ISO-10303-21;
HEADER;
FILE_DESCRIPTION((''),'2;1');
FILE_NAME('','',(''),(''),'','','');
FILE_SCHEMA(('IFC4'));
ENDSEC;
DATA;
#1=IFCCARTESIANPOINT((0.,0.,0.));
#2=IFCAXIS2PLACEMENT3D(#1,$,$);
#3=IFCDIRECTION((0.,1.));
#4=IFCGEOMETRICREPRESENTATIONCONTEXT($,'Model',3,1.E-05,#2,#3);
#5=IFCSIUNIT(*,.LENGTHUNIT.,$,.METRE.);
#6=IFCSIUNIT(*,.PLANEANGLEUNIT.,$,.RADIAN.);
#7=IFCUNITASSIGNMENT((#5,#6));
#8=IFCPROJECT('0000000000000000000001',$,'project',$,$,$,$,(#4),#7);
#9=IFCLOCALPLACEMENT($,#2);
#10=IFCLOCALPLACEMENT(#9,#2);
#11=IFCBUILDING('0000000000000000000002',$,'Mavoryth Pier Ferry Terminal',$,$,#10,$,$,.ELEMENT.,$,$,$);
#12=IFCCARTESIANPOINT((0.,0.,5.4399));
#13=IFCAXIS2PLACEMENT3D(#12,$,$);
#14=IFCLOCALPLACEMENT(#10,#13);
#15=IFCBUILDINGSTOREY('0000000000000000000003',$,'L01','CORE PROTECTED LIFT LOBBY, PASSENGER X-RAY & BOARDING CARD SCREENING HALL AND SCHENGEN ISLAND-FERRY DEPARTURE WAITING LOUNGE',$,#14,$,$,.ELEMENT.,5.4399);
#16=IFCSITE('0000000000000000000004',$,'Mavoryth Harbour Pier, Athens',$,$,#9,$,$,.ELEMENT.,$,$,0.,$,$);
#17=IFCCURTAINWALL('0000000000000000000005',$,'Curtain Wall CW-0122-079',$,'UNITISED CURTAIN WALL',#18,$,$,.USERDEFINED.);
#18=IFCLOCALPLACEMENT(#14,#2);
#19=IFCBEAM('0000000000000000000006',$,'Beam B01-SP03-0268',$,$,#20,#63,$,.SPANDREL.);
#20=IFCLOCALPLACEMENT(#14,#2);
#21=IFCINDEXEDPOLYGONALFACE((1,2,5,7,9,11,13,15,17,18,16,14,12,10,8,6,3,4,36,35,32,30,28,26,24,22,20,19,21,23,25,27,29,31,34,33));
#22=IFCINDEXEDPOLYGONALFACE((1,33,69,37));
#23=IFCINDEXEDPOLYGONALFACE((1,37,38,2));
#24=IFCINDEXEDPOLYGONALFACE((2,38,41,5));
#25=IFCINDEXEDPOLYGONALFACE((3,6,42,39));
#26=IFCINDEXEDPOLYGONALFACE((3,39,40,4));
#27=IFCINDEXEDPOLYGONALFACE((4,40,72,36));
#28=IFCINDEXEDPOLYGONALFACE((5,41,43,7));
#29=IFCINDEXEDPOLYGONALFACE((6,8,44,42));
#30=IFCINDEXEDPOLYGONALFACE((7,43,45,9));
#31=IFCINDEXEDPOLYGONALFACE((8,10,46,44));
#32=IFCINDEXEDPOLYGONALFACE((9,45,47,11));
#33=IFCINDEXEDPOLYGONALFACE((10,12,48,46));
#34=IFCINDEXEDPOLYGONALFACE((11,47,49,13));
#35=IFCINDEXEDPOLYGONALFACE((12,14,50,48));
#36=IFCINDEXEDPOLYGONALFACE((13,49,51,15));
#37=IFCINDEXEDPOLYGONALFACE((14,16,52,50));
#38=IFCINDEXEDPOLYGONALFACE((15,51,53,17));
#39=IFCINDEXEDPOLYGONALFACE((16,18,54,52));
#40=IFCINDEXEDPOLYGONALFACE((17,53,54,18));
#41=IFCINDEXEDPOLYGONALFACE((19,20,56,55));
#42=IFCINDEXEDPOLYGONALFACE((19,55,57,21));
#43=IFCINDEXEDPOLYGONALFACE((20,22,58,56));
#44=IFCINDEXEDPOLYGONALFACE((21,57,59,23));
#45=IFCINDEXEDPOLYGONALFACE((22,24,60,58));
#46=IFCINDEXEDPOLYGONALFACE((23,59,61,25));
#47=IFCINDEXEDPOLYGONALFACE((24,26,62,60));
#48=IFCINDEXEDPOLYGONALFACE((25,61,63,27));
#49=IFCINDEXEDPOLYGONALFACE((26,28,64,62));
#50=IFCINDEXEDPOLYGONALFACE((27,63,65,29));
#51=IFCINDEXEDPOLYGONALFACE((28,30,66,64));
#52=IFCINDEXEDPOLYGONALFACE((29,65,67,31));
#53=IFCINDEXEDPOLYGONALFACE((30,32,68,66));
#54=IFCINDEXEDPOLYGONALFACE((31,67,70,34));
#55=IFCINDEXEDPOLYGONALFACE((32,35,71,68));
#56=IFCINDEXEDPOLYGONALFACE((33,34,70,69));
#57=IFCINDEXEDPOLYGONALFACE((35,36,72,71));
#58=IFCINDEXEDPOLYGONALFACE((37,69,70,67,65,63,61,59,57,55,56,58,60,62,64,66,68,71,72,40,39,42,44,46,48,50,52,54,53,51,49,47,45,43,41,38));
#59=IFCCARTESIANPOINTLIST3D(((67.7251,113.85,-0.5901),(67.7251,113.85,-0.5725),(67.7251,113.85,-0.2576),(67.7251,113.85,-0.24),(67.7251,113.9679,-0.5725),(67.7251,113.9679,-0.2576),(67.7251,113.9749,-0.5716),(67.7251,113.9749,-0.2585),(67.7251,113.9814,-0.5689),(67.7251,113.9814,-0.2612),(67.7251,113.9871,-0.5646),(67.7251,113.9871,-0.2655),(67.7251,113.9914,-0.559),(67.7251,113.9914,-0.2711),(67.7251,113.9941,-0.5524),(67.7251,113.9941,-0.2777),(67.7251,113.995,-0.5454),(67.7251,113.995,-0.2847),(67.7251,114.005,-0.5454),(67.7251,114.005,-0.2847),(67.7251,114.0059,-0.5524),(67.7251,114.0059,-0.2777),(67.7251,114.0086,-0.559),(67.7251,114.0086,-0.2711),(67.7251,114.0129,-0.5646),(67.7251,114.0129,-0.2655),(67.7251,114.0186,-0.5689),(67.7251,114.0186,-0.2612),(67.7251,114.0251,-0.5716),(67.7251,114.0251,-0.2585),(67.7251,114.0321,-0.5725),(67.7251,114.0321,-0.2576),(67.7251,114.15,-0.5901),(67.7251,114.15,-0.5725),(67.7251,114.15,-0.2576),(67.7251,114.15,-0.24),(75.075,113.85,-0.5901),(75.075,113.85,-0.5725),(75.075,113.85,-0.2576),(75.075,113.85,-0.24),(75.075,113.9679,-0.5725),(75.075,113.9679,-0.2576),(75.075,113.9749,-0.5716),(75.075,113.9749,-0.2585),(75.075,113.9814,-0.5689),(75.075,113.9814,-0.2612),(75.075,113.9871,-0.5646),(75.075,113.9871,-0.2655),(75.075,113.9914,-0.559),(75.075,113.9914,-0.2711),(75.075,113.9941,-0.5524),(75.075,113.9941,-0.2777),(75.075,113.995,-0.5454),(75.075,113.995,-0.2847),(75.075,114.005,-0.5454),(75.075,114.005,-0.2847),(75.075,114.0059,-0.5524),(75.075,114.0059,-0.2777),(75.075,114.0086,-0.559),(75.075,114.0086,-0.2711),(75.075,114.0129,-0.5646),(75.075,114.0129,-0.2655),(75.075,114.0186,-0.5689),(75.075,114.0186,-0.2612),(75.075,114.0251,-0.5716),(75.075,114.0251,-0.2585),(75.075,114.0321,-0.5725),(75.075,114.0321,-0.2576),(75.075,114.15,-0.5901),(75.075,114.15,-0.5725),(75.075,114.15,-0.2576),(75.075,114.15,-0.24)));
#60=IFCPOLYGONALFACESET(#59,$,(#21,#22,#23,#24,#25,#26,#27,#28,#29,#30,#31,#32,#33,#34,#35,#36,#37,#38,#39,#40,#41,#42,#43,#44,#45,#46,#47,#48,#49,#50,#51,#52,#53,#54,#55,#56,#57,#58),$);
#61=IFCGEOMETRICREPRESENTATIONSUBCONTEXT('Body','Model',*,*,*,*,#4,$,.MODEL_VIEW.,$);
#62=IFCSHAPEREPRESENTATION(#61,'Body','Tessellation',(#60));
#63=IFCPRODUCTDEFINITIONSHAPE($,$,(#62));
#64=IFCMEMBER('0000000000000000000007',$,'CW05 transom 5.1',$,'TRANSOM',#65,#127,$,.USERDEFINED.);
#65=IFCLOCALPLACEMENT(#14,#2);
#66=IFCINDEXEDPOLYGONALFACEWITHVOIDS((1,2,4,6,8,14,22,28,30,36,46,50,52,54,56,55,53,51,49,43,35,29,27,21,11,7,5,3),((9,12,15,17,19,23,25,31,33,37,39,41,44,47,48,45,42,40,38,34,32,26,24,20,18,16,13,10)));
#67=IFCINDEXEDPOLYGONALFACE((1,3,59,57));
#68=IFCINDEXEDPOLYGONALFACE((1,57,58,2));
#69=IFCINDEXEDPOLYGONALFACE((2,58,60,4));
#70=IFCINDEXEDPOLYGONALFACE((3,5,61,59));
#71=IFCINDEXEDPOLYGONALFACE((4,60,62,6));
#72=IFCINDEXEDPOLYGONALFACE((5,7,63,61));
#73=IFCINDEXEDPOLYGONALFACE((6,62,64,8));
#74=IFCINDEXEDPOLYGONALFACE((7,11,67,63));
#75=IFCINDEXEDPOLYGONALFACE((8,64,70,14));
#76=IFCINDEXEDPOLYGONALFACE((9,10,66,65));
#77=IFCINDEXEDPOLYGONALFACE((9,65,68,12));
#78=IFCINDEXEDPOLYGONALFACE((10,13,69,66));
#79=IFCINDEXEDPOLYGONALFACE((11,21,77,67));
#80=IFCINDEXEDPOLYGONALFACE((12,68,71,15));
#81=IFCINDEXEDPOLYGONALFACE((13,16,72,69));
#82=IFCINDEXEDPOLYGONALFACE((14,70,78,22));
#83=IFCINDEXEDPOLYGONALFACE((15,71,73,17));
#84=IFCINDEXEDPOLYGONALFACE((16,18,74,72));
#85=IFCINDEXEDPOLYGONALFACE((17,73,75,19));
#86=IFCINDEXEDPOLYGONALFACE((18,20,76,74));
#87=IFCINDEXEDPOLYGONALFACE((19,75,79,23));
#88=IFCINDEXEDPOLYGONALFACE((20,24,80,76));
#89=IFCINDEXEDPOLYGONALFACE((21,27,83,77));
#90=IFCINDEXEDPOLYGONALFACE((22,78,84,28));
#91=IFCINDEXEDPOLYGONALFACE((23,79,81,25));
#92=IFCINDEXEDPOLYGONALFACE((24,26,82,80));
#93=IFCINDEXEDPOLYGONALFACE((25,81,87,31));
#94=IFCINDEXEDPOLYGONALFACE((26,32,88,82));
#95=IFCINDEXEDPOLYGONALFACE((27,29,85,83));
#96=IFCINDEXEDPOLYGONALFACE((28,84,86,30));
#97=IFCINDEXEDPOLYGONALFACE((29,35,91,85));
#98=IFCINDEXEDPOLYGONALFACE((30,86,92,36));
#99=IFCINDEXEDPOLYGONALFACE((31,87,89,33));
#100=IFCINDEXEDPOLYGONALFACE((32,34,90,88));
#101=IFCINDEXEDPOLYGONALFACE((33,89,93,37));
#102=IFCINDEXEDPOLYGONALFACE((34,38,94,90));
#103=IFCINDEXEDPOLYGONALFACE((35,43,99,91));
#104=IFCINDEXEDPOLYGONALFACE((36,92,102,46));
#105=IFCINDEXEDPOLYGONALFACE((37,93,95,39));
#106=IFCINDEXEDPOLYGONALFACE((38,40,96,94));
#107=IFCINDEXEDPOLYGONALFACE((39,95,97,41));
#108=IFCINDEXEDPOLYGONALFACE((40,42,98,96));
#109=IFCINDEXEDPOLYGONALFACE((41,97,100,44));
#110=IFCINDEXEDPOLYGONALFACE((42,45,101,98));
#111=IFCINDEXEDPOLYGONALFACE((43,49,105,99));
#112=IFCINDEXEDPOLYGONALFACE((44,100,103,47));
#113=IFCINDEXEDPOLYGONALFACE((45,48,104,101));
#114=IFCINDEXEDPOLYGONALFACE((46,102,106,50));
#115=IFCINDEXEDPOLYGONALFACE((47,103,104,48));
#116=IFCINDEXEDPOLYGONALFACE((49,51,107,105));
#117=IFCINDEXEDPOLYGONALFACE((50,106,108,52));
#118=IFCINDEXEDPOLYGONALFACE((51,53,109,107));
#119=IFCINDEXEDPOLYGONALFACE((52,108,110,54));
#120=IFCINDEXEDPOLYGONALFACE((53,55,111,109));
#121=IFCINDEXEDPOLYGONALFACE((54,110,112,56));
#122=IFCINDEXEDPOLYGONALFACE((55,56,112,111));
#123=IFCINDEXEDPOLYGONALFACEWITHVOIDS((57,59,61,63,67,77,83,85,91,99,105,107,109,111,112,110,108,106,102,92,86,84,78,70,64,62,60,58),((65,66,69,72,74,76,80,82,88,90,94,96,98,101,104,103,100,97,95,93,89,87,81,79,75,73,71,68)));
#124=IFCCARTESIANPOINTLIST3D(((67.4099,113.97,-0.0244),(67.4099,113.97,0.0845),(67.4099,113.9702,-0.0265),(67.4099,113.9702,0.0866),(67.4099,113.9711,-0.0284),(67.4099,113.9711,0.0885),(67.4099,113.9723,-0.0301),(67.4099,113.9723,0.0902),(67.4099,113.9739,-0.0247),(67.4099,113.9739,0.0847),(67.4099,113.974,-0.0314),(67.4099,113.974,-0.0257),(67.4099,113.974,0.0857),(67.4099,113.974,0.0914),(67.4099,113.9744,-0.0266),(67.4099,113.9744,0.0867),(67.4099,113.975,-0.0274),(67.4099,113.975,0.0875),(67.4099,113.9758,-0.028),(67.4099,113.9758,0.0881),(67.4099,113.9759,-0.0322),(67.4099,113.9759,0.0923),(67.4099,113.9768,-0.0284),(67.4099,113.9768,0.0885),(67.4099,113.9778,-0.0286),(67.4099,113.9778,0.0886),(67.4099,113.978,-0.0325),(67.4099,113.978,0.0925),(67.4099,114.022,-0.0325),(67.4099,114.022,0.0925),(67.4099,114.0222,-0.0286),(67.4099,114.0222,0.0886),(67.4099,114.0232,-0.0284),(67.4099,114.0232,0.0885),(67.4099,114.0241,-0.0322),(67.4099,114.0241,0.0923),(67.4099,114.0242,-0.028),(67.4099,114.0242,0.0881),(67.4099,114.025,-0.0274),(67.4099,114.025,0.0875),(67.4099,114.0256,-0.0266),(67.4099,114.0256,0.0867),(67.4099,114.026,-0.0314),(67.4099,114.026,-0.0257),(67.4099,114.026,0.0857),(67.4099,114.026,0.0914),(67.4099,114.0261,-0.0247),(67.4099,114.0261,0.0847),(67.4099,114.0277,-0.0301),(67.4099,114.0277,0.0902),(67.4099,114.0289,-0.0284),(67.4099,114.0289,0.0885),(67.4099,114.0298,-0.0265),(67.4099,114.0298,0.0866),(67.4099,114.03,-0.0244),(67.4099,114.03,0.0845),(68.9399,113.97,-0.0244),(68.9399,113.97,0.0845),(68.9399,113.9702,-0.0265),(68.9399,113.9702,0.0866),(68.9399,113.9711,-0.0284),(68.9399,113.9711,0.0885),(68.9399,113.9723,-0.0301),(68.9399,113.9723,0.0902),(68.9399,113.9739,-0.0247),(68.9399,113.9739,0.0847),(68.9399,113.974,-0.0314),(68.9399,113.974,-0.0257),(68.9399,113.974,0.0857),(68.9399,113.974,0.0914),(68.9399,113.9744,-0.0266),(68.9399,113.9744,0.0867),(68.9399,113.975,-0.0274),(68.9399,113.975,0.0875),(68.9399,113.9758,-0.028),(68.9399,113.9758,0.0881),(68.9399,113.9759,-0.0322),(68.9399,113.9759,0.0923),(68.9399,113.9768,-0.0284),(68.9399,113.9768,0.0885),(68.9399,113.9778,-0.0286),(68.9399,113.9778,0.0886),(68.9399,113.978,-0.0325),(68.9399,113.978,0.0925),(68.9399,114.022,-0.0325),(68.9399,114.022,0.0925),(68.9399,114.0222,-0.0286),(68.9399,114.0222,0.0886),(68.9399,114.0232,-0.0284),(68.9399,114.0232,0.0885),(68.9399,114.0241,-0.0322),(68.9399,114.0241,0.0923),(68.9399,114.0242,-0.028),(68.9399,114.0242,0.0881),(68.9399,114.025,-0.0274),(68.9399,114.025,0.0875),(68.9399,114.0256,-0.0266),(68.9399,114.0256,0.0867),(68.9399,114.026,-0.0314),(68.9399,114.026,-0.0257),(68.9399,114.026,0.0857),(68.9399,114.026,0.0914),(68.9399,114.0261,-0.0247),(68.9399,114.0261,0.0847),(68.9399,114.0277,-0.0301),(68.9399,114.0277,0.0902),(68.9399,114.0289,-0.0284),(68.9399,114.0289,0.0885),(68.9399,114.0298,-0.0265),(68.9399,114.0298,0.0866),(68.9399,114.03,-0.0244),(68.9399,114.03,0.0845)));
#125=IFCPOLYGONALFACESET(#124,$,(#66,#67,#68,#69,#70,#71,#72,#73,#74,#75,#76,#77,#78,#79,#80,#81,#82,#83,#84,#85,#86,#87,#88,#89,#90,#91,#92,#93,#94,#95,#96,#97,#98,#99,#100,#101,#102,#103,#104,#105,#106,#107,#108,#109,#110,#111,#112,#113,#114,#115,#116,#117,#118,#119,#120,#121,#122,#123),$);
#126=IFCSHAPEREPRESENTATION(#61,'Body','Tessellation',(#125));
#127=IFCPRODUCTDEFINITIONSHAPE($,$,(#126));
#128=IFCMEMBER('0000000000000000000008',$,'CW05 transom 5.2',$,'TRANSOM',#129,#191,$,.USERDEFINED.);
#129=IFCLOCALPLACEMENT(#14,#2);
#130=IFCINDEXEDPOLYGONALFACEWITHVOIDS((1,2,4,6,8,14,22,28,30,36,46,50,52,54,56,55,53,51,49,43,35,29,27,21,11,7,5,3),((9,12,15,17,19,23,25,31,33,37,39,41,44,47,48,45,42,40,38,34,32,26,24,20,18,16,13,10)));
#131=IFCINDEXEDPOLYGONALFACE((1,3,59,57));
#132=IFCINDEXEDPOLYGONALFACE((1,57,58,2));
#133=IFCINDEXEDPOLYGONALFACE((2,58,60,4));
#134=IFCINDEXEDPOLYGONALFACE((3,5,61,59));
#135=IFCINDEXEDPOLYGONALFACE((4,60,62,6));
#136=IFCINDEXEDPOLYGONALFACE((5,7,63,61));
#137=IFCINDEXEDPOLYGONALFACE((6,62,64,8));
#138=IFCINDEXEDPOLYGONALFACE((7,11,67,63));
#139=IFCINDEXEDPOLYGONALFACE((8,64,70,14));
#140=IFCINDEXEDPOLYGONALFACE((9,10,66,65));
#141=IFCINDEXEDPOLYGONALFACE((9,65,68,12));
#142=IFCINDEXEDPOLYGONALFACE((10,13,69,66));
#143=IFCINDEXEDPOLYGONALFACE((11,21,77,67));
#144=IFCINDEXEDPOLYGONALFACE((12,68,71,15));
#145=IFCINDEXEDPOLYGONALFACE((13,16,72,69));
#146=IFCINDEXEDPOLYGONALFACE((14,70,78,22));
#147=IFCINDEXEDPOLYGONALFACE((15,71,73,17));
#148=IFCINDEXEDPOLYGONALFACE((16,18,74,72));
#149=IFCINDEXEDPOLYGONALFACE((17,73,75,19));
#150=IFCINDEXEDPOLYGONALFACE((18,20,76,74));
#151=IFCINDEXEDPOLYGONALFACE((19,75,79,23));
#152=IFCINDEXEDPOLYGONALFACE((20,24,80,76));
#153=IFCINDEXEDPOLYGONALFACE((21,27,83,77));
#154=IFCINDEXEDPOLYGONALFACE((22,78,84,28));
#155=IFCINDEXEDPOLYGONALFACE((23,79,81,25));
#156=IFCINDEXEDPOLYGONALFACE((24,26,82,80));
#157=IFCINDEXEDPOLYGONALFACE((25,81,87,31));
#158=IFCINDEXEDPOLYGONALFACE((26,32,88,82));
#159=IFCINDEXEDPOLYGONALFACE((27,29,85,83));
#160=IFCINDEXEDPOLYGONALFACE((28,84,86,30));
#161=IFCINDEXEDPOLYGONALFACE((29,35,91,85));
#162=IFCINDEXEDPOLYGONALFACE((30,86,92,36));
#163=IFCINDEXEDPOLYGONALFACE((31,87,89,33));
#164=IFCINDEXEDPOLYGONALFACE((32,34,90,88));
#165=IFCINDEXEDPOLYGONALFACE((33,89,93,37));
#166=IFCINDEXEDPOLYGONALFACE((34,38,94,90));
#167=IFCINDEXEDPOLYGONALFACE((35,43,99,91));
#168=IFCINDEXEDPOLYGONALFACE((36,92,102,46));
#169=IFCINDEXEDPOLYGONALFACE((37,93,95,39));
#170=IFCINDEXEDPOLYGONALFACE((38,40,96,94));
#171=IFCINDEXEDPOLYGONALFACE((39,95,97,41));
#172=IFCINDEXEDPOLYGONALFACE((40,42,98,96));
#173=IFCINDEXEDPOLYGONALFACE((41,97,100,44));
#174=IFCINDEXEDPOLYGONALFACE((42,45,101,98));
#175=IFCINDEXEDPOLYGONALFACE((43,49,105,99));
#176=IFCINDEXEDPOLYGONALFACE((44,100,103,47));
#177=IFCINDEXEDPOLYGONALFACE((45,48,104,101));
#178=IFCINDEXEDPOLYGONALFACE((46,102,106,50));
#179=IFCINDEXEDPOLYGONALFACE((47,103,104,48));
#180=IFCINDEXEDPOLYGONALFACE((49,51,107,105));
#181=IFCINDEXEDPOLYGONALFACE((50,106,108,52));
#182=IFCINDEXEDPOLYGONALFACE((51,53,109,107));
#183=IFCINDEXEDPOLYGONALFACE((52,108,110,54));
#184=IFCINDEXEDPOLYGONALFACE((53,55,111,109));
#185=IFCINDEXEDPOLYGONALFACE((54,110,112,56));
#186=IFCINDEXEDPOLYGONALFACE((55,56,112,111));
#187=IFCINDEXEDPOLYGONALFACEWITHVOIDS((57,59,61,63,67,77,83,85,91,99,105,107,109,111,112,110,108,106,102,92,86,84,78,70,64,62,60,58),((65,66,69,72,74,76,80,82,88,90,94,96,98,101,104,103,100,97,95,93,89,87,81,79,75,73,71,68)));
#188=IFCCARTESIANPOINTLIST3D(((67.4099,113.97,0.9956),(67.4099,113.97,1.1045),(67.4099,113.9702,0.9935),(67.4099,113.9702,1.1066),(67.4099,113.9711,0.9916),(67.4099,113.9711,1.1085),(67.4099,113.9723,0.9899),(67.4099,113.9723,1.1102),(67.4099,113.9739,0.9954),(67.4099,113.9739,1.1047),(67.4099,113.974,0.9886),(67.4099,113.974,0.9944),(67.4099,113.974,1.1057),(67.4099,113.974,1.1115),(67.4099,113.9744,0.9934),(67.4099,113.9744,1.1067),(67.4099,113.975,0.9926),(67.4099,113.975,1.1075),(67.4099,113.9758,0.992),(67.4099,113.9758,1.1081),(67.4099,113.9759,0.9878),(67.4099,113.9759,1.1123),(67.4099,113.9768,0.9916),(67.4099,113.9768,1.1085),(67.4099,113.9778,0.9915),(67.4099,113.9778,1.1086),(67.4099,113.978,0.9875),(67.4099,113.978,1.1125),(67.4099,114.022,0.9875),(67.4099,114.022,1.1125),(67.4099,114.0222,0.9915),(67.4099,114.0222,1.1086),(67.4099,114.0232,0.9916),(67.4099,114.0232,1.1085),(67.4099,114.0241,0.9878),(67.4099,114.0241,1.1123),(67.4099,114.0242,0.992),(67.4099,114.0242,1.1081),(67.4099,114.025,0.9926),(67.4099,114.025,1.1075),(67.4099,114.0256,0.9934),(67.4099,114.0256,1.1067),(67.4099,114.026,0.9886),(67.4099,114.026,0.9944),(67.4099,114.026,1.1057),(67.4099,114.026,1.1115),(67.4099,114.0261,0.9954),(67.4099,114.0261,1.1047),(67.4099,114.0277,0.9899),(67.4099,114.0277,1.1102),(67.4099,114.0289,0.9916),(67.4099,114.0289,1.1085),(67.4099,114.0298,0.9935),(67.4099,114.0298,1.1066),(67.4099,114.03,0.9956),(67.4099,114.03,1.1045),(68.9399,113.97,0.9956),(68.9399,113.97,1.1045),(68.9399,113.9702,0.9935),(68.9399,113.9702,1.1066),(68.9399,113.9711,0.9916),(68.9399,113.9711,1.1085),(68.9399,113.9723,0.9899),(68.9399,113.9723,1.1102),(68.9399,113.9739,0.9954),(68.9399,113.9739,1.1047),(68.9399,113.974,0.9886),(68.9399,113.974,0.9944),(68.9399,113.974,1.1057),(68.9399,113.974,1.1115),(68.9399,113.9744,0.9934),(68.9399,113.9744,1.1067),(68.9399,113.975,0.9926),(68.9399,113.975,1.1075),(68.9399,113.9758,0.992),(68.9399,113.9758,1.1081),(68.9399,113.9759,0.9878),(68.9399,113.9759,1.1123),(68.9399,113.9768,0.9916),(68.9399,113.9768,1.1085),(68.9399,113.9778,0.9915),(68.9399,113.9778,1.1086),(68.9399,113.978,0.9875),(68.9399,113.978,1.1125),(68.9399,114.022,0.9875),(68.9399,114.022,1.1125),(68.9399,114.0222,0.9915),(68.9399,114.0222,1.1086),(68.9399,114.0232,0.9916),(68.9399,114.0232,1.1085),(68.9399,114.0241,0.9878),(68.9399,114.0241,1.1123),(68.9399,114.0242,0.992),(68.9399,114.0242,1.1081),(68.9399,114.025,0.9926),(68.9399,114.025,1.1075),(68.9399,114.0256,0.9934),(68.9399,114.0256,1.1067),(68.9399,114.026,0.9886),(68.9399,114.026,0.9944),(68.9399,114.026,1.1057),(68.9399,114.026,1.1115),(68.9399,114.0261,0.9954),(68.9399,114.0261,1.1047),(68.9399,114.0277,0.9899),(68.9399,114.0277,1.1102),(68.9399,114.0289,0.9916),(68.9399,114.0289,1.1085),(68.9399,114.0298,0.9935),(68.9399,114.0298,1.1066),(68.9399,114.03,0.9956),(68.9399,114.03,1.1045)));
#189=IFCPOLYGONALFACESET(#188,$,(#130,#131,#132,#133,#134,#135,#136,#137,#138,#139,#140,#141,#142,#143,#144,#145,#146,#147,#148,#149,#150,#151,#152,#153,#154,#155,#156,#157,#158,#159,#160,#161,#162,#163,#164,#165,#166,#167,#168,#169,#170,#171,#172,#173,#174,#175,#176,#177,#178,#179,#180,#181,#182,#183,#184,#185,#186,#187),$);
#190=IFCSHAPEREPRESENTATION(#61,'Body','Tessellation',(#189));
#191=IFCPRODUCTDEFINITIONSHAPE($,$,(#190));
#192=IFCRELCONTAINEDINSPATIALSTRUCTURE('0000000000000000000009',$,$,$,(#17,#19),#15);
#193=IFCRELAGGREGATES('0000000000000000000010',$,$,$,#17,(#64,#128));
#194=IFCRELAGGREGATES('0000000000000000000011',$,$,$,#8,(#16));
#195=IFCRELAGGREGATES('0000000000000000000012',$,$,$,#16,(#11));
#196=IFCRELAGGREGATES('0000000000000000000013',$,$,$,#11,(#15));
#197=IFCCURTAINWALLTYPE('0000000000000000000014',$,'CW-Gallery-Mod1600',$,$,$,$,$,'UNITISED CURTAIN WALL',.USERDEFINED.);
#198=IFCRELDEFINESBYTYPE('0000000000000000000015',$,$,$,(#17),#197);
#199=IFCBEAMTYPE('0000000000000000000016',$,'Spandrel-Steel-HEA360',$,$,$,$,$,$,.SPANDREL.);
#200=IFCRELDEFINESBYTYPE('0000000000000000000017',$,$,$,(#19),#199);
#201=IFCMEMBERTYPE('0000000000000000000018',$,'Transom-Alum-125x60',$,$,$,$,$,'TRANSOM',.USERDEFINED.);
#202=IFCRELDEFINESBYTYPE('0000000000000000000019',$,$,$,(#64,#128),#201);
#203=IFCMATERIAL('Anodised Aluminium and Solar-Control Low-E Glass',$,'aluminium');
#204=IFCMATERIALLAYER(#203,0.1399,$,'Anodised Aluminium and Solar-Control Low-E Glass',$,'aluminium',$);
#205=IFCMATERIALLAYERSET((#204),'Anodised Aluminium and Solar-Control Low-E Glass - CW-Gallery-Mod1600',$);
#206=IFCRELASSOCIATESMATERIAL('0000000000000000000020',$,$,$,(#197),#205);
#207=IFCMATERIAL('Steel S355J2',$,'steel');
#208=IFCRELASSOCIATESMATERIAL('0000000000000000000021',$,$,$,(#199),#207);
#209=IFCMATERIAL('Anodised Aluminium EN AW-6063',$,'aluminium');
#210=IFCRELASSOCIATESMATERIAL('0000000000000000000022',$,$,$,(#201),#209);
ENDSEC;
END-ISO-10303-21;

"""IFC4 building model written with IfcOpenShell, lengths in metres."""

from ifc_helpers import new_model, si_unit, direction, frame, origin, origin_2d, place, context, subcontext, project, spatial, hollow_rectangle, i_section, extrude, material, layer, layer_set, material_profile, profile_set, type_object, element, aggregate, save


model = new_model("IFC4")

# Units and contexts
model_context = context("Model", 3, precision=1e-05, world=origin(), true_north=direction((0.0, 1.0)))
body_context = subcontext(model_context, "Body", "Model", "MODEL_VIEW")
ifc_project = project(units=[si_unit("LENGTHUNIT", "METRE"), si_unit("PLANEANGLEUNIT", "RADIAN")], contexts=[model_context])

# Site, building, storey
site_placement = place(None, origin())
site = spatial("IfcSite", under=ifc_project, at=site_placement, Name="Mavoryth Harbour Pier, Athens", CompositionType="ELEMENT", RefElevation=0.0)
building_placement = place(site_placement, origin())
building = spatial("IfcBuilding", under=site, at=building_placement, Name="Mavoryth Pier Ferry Terminal", CompositionType="ELEMENT")
storey_placement = place(building_placement, frame((0.0, 0.0, 5.4399)))
storey = spatial("IfcBuildingStorey", under=building, at=storey_placement, Name="L01", Description="CORE PROTECTED LIFT LOBBY, PASSENGER X-RAY & BOARDING CARD SCREENING HALL AND SCHENGEN ISLAND-FERRY DEPARTURE WAITING LOUNGE", CompositionType="ELEMENT", Elevation=5.4399)

# Shared definitions
ifc_material_1 = material(Name="Steel S355J2", Category="steel")

# Curtain wall
ifc_material_2 = material(Name="Anodised Aluminium and Solar-Control Low-E Glass", Category="aluminium")
ifc_layer_1 = layer(ifc_material_2, 0.1399, Name="Anodised Aluminium and Solar-Control Low-E Glass", Category="aluminium")
ifc_layer_set_1 = layer_set([ifc_layer_1], Name="Anodised Aluminium and Solar-Control Low-E Glass - CW-Gallery-Mod1600")
curtain_wall_type = type_object("IfcCurtainWallType", Name="CW-Gallery-Mod1600", ElementType="UNITISED CURTAIN WALL", PredefinedType="USERDEFINED", material=ifc_layer_set_1)
curtain_wall_placement = place(storey_placement, origin())
curtain_wall = element("IfcCurtainWall", 1, at=curtain_wall_placement, inside=storey, type_object=curtain_wall_type, Name="Curtain Wall CW-0122-079", ObjectType="UNITISED CURTAIN WALL", PredefinedType="USERDEFINED")
ifc_material_3 = material(Name="Anodised Aluminium EN AW-6063", Category="aluminium")

# Beam
ifc_material_profile_1 = material_profile(ifc_material_1, i_section(OverallWidth=0.3, OverallDepth=0.3501, WebThickness=0.01, FlangeThickness=0.0176, FilletRadius=0.0271, at=origin_2d()), Name="HEA 360", Category="steel")
ifc_profile_set_1 = profile_set([ifc_material_profile_1], Name="Steel S355J2 - HEA 360")
beam_type = type_object("IfcBeamType", Name="Spandrel-Steel-HEA360", PredefinedType="SPANDREL", material=ifc_profile_set_1)
beam_placement = place(storey_placement, frame((67.7251, 114.0, -0.415), z_axis=(1.0, 0.0, 0.0), x_axis=(0.0, 1.0, 0.0)))
element("IfcBeam", 2, at=beam_placement, inside=storey, type_object=beam_type, Name="Beam B01-SP03-0268", PredefinedType="SPANDREL", context=body_context, shape_type="SweptSolid", body=[
    extrude(i_section(OverallWidth=0.3, OverallDepth=0.3501, WebThickness=0.01, FlangeThickness=0.0176, FilletRadius=0.0271, at=origin_2d()), origin(), (0.0, 0.0, 1.0), 7.3499),
])

# Members
ifc_material_profile_2 = material_profile(ifc_material_3, hollow_rectangle(XDim=0.0601, YDim=0.125, WallThickness=0.0039, InnerFilletRadius=0.0039, OuterFilletRadius=0.0081, at=origin_2d()), Name="AL-TRAN 125x60x4", Category="aluminium")
ifc_profile_set_2 = profile_set([ifc_material_profile_2], Name="Anodised Aluminium EN AW-6063 - AL-TRAN 125x60x4")
member_type_1 = type_object("IfcMemberType", Name="Transom-Alum-125x60", ElementType="TRANSOM", PredefinedType="USERDEFINED", material=ifc_profile_set_2)
member_1_placement = place(storey_placement, frame((68.9399, 114.0, 0.03), z_axis=(-1.0, 0.0, 0.0), x_axis=(0.0, -1.0, 0.0)))
member_1 = element("IfcMember", 3, at=member_1_placement, type_object=member_type_1, Name="CW05 transom 5.1", ObjectType="TRANSOM", PredefinedType="USERDEFINED", context=body_context, shape_type="SweptSolid", body=[
    extrude(hollow_rectangle(XDim=0.0601, YDim=0.125, WallThickness=0.0039, InnerFilletRadius=0.0039, OuterFilletRadius=0.0081, at=origin_2d()), origin(), (0.0, 0.0, 1.0), 1.53),
])
member_2_placement = place(storey_placement, frame((68.9399, 114.0, 1.05), z_axis=(-1.0, 0.0, 0.0), x_axis=(0.0, -1.0, 0.0)))
member_2 = element("IfcMember", 4, at=member_2_placement, type_object=member_type_1, Name="CW05 transom 5.2", ObjectType="TRANSOM", PredefinedType="USERDEFINED", context=body_context, shape_type="SweptSolid", body=[
    extrude(hollow_rectangle(XDim=0.0601, YDim=0.125, WallThickness=0.0039, InnerFilletRadius=0.0039, OuterFilletRadius=0.0081, at=origin_2d()), origin(), (0.0, 0.0, 1.0), 1.53),
])

aggregate(curtain_wall, [member_1, member_2])

save(model, "model.ifc")
